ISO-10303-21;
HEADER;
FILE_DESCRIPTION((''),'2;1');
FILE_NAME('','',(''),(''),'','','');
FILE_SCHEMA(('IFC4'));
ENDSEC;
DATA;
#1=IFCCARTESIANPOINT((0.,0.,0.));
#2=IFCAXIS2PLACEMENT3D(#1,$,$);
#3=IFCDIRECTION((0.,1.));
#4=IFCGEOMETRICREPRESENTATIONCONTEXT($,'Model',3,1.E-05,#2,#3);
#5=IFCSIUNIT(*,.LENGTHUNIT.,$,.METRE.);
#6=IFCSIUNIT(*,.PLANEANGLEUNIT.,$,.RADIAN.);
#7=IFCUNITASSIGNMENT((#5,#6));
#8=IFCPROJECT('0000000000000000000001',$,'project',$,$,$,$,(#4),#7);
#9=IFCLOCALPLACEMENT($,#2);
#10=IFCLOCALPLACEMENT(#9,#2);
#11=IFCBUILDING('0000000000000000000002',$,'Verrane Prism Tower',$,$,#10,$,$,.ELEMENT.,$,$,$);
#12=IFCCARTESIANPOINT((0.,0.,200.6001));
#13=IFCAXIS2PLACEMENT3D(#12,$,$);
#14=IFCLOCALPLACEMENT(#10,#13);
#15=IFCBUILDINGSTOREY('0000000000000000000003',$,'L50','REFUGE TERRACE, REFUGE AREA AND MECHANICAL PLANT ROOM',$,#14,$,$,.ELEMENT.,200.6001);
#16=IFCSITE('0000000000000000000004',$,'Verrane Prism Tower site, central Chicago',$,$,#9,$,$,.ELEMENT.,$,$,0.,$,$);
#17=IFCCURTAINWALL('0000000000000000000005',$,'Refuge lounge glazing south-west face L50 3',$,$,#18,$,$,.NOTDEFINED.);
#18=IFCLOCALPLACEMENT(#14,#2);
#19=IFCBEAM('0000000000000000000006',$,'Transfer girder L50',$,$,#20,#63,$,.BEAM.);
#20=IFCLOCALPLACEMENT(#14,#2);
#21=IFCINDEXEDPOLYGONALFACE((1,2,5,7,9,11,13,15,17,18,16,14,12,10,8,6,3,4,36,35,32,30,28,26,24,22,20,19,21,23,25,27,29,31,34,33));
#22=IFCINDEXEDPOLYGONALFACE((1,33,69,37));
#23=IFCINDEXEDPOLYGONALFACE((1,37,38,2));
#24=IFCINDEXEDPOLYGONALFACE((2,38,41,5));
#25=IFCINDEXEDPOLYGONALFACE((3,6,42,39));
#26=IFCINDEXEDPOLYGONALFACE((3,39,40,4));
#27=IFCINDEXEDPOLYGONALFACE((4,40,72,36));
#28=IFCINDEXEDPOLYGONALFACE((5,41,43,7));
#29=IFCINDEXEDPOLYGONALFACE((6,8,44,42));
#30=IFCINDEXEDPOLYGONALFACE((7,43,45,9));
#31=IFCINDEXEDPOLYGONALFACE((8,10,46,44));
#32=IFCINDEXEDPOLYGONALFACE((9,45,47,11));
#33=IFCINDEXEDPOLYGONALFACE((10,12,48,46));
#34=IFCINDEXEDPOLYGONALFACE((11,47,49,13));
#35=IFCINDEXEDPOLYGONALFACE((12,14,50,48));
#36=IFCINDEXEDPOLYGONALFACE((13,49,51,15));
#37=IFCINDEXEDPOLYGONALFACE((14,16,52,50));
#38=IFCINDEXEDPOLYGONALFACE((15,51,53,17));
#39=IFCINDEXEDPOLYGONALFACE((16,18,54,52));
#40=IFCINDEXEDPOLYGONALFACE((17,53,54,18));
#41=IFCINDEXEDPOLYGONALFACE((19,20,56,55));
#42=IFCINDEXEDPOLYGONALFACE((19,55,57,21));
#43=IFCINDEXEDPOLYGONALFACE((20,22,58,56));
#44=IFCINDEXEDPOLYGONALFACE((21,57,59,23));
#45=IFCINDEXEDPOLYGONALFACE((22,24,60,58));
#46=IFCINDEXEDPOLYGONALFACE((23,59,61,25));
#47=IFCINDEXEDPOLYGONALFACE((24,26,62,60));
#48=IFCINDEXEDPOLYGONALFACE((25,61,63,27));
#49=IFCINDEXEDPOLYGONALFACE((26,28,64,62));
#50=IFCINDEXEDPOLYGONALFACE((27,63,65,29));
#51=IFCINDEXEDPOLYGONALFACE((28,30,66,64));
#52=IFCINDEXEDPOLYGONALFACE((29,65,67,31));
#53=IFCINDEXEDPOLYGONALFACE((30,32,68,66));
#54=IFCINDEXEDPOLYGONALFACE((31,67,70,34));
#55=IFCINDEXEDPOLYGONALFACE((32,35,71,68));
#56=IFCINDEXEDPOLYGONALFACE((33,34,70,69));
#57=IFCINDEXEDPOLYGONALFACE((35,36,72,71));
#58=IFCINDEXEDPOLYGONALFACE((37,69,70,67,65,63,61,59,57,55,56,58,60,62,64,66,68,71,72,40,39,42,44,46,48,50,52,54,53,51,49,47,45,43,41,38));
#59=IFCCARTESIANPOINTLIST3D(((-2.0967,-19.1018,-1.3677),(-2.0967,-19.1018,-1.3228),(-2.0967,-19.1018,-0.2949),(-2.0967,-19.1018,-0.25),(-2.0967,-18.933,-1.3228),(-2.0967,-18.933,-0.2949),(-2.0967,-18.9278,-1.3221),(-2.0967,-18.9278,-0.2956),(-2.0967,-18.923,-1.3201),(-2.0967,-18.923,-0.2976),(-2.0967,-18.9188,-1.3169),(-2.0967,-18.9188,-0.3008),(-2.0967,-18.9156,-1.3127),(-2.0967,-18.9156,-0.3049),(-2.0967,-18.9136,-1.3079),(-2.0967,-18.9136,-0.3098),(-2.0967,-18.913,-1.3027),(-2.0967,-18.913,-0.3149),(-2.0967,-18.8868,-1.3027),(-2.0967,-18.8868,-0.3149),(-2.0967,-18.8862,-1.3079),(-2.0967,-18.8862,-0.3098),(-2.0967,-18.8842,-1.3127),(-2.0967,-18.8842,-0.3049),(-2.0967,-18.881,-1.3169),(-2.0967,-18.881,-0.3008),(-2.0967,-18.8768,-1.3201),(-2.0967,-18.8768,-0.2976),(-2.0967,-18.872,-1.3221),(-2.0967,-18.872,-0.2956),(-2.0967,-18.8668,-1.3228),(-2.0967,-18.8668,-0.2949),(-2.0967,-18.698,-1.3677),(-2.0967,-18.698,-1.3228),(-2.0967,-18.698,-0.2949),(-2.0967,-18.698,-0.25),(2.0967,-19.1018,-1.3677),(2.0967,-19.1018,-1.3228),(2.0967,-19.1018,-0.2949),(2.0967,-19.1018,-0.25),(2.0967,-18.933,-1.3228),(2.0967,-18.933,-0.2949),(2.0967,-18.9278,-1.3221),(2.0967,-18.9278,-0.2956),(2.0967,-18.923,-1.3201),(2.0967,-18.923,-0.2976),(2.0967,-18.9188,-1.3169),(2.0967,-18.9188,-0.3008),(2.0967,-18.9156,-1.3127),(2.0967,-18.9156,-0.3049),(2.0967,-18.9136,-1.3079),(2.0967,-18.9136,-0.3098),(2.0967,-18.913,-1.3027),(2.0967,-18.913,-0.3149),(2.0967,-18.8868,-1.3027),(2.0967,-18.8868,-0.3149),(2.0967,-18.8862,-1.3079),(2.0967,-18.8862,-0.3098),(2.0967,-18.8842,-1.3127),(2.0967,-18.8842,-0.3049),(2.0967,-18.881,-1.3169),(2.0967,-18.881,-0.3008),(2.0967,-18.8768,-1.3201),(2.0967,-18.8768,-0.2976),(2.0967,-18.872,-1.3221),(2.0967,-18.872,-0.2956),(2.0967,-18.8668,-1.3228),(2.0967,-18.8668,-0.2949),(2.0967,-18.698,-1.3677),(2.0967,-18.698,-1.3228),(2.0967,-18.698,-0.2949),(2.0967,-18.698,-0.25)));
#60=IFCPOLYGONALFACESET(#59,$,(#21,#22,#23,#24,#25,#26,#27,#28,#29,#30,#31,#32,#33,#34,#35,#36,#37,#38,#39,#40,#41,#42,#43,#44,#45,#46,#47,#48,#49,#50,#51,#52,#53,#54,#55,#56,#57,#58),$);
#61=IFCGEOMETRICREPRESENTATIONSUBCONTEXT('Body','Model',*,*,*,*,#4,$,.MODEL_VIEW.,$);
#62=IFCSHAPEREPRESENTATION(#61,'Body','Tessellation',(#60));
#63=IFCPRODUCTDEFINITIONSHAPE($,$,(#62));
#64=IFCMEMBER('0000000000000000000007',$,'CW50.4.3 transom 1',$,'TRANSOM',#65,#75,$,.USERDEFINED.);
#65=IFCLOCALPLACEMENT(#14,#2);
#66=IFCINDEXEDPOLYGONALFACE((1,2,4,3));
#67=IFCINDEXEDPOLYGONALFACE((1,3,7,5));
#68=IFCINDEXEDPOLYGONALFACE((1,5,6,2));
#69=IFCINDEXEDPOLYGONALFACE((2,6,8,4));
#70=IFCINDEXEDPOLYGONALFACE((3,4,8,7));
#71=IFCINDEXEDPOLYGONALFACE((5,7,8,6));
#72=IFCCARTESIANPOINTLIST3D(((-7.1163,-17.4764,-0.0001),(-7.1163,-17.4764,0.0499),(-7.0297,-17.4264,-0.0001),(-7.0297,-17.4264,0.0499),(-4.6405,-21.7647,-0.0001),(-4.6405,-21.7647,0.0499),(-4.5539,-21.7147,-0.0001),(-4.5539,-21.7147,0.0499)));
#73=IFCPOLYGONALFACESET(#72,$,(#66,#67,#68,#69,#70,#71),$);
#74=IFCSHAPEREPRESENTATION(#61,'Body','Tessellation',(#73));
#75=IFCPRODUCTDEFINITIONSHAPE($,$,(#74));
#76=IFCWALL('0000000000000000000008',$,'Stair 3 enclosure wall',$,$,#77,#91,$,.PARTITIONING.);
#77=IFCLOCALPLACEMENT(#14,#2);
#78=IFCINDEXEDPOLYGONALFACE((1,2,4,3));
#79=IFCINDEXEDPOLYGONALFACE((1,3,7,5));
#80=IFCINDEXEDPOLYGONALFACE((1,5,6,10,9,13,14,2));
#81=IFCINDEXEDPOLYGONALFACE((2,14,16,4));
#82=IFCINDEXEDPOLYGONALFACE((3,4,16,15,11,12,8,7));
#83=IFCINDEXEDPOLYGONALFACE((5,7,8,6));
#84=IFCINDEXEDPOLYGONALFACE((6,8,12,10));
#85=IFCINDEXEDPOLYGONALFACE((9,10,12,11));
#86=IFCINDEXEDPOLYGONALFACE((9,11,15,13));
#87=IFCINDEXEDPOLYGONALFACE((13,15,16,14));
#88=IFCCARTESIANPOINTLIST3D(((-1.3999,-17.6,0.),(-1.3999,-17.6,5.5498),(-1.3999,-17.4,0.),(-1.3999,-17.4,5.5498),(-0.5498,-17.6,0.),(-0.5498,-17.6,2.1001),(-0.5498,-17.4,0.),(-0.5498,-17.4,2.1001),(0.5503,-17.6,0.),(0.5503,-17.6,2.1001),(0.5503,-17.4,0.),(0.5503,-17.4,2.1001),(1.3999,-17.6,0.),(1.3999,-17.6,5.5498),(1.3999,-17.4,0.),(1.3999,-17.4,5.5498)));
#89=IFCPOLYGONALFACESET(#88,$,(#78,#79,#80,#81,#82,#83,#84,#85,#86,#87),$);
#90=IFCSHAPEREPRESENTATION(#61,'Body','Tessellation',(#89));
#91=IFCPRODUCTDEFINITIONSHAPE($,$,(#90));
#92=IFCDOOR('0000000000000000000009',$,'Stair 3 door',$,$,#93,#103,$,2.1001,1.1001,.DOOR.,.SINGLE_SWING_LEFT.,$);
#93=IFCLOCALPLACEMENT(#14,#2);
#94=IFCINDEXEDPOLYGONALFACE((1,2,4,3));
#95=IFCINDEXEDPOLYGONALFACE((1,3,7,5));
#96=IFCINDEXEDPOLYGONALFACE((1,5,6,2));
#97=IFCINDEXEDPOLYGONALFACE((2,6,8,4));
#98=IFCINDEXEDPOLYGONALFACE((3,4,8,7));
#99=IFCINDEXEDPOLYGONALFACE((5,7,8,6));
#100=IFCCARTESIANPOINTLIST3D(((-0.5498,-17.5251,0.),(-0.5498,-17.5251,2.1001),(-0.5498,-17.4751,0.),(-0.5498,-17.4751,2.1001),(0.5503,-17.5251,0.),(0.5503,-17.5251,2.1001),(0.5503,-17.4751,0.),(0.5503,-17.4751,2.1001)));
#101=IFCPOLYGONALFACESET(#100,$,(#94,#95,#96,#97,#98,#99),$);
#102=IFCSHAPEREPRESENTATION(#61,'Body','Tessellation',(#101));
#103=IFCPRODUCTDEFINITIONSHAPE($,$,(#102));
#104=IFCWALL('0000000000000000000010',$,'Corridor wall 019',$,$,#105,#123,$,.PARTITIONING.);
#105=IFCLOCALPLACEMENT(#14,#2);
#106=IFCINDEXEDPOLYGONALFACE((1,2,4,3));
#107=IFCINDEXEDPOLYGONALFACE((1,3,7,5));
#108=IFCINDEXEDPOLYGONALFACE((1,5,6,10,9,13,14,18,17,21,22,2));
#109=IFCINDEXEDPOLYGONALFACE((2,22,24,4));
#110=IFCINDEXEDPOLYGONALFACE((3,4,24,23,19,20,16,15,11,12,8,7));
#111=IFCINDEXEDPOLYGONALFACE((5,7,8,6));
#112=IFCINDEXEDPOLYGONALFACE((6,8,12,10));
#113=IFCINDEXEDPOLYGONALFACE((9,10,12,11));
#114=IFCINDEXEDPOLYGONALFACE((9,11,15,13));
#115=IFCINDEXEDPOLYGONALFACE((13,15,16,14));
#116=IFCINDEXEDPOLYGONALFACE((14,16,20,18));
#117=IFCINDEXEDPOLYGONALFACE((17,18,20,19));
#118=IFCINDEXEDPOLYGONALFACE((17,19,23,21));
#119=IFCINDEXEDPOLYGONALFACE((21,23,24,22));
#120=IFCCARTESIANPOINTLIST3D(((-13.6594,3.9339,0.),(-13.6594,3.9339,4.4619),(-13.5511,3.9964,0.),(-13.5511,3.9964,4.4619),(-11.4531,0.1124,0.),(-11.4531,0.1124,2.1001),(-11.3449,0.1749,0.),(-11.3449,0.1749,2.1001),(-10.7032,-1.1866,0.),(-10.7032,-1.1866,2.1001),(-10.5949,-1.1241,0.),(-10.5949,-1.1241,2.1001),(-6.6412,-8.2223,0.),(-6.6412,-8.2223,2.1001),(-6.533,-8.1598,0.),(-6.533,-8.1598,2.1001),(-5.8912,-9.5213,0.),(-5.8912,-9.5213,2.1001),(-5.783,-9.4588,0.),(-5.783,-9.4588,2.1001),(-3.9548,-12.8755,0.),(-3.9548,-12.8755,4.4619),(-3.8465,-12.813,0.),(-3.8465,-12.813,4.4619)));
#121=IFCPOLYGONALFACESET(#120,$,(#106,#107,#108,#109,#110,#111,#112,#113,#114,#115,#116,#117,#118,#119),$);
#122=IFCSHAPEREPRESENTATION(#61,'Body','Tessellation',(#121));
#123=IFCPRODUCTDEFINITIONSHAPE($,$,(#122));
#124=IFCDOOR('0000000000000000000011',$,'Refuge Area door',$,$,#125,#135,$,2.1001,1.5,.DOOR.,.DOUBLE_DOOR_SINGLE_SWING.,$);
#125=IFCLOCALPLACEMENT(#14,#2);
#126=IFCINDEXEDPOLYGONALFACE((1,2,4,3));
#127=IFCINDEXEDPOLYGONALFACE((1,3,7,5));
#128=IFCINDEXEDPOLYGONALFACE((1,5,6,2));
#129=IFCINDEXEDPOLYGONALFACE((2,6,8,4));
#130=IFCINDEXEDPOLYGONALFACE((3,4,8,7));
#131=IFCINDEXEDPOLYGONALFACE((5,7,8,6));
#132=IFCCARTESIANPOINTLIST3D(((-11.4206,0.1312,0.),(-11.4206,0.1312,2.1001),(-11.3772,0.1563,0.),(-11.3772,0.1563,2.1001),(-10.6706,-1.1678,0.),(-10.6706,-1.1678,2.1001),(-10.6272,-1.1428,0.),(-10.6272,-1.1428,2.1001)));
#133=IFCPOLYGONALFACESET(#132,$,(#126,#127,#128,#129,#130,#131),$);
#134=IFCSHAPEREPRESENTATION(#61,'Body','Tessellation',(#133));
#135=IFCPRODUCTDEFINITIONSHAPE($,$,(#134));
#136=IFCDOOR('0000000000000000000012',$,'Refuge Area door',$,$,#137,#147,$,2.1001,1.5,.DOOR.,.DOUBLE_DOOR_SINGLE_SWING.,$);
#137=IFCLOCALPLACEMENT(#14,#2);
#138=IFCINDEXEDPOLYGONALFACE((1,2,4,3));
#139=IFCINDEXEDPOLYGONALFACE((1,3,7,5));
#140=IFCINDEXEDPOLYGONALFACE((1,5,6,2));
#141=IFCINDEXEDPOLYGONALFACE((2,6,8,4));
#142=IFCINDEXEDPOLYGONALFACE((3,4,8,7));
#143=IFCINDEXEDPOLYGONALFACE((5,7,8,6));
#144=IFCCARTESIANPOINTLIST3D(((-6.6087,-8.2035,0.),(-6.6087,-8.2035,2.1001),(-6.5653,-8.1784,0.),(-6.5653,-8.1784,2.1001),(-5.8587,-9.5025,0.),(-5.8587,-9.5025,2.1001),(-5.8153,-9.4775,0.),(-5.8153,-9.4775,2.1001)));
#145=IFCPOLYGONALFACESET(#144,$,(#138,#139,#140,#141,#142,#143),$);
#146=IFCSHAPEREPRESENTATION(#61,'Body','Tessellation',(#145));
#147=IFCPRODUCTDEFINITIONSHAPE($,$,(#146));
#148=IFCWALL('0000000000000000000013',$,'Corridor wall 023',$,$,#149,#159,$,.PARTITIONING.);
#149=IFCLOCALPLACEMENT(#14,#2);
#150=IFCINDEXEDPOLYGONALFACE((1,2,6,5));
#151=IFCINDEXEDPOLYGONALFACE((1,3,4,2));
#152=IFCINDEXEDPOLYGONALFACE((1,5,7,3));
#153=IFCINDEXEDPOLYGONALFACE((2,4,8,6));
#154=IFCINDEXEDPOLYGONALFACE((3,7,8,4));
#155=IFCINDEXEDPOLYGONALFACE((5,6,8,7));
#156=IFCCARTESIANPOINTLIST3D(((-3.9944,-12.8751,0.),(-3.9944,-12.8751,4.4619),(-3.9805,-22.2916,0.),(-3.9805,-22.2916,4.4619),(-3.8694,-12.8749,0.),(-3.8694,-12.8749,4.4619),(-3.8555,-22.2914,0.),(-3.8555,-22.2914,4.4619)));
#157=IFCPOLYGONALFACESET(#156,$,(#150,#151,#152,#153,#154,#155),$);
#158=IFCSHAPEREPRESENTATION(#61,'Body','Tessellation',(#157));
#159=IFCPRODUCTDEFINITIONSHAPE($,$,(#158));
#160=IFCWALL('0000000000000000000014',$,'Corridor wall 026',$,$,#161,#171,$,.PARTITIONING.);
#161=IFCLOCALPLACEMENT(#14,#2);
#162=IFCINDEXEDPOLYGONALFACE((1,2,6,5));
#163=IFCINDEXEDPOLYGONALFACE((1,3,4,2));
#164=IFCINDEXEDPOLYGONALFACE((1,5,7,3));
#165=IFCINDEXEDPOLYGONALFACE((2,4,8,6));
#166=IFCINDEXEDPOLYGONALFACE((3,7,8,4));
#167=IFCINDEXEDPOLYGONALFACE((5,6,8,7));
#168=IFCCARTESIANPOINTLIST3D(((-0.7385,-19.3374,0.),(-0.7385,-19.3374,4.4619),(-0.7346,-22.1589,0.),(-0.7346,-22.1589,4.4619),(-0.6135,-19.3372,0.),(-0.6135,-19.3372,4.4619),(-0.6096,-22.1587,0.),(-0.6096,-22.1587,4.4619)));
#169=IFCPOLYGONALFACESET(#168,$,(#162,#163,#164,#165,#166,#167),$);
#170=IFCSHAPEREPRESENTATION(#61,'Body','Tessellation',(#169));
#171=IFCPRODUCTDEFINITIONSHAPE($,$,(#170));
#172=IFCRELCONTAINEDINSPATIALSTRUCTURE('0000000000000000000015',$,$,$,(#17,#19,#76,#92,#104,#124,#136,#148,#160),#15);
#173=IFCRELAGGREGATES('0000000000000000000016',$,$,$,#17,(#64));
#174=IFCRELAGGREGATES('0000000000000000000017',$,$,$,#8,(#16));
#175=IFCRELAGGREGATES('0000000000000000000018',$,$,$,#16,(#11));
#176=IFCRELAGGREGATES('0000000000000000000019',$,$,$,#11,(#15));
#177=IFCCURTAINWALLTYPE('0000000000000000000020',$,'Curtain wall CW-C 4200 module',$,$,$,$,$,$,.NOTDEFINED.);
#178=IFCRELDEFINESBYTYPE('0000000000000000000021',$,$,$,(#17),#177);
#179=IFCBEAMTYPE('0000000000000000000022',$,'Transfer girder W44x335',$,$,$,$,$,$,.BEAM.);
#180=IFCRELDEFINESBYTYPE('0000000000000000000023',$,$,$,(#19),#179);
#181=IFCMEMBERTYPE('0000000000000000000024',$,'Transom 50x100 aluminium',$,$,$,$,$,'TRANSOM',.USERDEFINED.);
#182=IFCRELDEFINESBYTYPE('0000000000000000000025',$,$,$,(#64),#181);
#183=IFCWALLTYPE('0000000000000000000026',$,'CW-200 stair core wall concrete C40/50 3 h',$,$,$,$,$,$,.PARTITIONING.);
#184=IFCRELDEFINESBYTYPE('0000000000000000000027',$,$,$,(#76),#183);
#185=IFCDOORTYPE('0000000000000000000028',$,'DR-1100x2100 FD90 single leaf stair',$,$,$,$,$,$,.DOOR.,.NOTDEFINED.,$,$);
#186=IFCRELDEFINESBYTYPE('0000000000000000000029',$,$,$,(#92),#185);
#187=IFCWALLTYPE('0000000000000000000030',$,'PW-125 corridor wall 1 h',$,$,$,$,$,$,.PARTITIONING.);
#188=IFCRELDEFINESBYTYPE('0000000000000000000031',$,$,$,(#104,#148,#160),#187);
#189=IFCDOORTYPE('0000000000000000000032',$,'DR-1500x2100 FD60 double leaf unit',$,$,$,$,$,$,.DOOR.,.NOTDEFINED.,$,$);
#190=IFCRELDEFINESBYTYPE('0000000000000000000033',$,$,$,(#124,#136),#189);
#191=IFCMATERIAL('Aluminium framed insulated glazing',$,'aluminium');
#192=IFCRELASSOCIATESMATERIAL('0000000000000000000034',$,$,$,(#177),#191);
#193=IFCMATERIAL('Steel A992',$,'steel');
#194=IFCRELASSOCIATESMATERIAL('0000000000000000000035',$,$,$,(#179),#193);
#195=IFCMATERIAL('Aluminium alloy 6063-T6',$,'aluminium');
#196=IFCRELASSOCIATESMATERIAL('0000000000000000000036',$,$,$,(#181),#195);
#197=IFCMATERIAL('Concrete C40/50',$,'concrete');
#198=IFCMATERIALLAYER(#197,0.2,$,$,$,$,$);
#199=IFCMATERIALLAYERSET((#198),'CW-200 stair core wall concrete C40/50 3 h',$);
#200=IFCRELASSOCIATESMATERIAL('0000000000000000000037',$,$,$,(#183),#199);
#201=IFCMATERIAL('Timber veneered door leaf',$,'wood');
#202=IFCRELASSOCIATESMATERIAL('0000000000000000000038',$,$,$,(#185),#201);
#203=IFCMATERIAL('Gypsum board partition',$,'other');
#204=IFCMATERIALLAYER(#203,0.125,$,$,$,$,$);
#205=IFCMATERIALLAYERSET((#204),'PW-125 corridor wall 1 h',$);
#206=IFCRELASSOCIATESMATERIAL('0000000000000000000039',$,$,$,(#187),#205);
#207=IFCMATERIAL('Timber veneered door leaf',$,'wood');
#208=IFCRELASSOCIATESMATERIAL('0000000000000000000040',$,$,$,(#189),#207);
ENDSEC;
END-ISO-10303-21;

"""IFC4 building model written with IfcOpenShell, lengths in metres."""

from ifc_helpers import new_model, si_unit, direction, frame, frame_2d, origin, origin_2d, place, context, subcontext, project, spatial, rectangle, i_section, extrude, material, layer, layer_set, material_profile, profile_set, type_object, element, fill, aggregate, save


model = new_model("IFC4")

# Units and contexts
model_context = context("Model", 3, precision=1e-05, world=origin(), true_north=direction((0.0, 1.0)))
body_context = subcontext(model_context, "Body", "Model", "MODEL_VIEW")
ifc_project = project(units=[si_unit("LENGTHUNIT", "METRE"), si_unit("PLANEANGLEUNIT", "RADIAN")], contexts=[model_context])

# Site, building, storey
site_placement = place(None, origin())
site = spatial("IfcSite", under=ifc_project, at=site_placement, Name="Verrane Prism Tower site, central Chicago", CompositionType="ELEMENT", RefElevation=0.0)
building_placement = place(site_placement, origin())
building = spatial("IfcBuilding", under=site, at=building_placement, Name="Verrane Prism Tower", CompositionType="ELEMENT")
storey_placement = place(building_placement, frame((0.0, 0.0, 200.6001)))
storey = spatial("IfcBuildingStorey", under=building, at=storey_placement, Name="L50", Description="REFUGE TERRACE, REFUGE AREA AND MECHANICAL PLANT ROOM", CompositionType="ELEMENT", Elevation=200.6001)

# Curtain wall
ifc_material_1 = material(Name="Aluminium framed insulated glazing", Category="aluminium")
curtain_wall_type = type_object("IfcCurtainWallType", Name="Curtain wall CW-C 4200 module", PredefinedType="NOTDEFINED", material=ifc_material_1)
curtain_wall_placement = place(storey_placement, origin())
curtain_wall = element("IfcCurtainWall", 1, at=curtain_wall_placement, inside=storey, type_object=curtain_wall_type, Name="Refuge lounge glazing south-west face L50 3", PredefinedType="NOTDEFINED")

# Beam
ifc_material_2 = material(Name="Steel A992", Category="steel")
ifc_material_profile_1 = material_profile(ifc_material_2, i_section(OverallWidth=0.4038, OverallDepth=1.1177, WebThickness=0.0261, FlangeThickness=0.0449, FilletRadius=0.02, at=origin_2d()), Name="W44x335")
ifc_profile_set_1 = profile_set([ifc_material_profile_1], Name="Steel A992")
beam_type_1 = type_object("IfcBeamType", Name="Transfer girder W44x335", PredefinedType="BEAM", material=ifc_profile_set_1)
beam_1_placement = place(storey_placement, frame((-2.0967, -18.8999, -0.8088), z_axis=(1.0, 0.0, 0.0), x_axis=(0.0, 1.0, 0.0)))
element("IfcBeam", 2, at=beam_1_placement, inside=storey, type_object=beam_type_1, Name="Transfer girder L50", PredefinedType="BEAM", context=body_context, shape_type="SweptSolid", body=[
    extrude(i_section(OverallWidth=0.4038, OverallDepth=1.1177, WebThickness=0.0261, FlangeThickness=0.0449, FilletRadius=0.02, at=origin_2d()), origin(), (0.0, 0.0, 1.0), 4.1934),
])

# Member
ifc_material_3 = material(Name="Aluminium alloy 6063-T6", Category="aluminium")
ifc_material_profile_2 = material_profile(ifc_material_3, rectangle(XDim=0.1001, YDim=0.05, at=origin_2d()), Name="Transom 50x100 aluminium")
ifc_profile_set_2 = profile_set([ifc_material_profile_2], Name="Aluminium alloy 6063-T6")
member_type_1 = type_object("IfcMemberType", Name="Transom 50x100 aluminium", ElementType="TRANSOM", PredefinedType="USERDEFINED", material=ifc_profile_set_2)
member_1_placement = place(storey_placement, frame((-7.073, -17.4514, 0.0249), z_axis=(0.499994, -0.866029, 0.0), x_axis=(0.866029, 0.499994, 0.0)))
member_1 = element("IfcMember", 3, at=member_1_placement, type_object=member_type_1, Name="CW50.4.3 transom 1", ObjectType="TRANSOM", PredefinedType="USERDEFINED", context=body_context, shape_type="SweptSolid", body=[
    extrude(rectangle(XDim=0.1001, YDim=0.05, at=origin_2d()), origin(), (0.0, 0.0, 1.0), 4.9517),
])
aggregate(curtain_wall, [member_1])

# Wall, opening, door
ifc_material_4 = material(Name="Concrete C40/50", Category="concrete")
ifc_layer_1 = layer(ifc_material_4, 0.2)
ifc_layer_set_1 = layer_set([ifc_layer_1], Name="CW-200 stair core wall concrete C40/50 3 h")
wall_type_1 = type_object("IfcWallType", Name="CW-200 stair core wall concrete C40/50 3 h", PredefinedType="PARTITIONING", material=ifc_layer_set_1)
wall_1_placement = place(storey_placement, frame((-1.3999, -17.5, 0.0), z_axis=(0.0, 0.0, 1.0), x_axis=(1.0, 0.0, 0.0)))
wall_1 = element("IfcWall", 4, at=wall_1_placement, inside=storey, type_object=wall_type_1, Name="Stair 3 enclosure wall", PredefinedType="PARTITIONING", context=body_context, shape_type="SweptSolid", body=[
    extrude(rectangle(XDim=2.7998, YDim=0.2, at=frame_2d((1.3999, 0.0))), origin(), (0.0, 0.0, 1.0), 5.5498),
])
opening_1_placement = place(wall_1_placement, frame((0.8501, 0.0, 0.0)))
opening_1 = element("IfcOpeningElement", 5, at=opening_1_placement, cuts=wall_1, PredefinedType="OPENING", context=body_context, shape_type="SweptSolid", body=[
    extrude(rectangle(XDim=1.1001, YDim=2.1001, at=frame_2d((0.55, 1.05))), frame((0.0, 0.1099, 0.0), z_axis=(0.0, -1.0, 0.0), x_axis=(1.0, 0.0, 0.0)), (0.0, 0.0, 1.0), 0.22),
])
ifc_material_5 = material(Name="Timber veneered door leaf", Category="wood")
door_type_1 = type_object("IfcDoorType", Name="DR-1100x2100 FD90 single leaf stair", OperationType="NOTDEFINED", PredefinedType="DOOR", material=ifc_material_5)
door_1_placement = place(opening_1_placement, origin())
door_1 = element("IfcDoor", 6, at=door_1_placement, inside=storey, type_object=door_type_1, Name="Stair 3 door", OperationType="SINGLE_SWING_LEFT", OverallHeight=2.1001, OverallWidth=1.1001, PredefinedType="DOOR", context=body_context, shape_type="SweptSolid", body=[
    extrude(rectangle(XDim=1.1001, YDim=2.1001, at=frame_2d((0.55, 1.05))), frame((0.0, 0.0249, 0.0), z_axis=(0.0, -1.0, 0.0), x_axis=(1.0, 0.0, 0.0)), (0.0, 0.0, 1.0), 0.05),
])
fill(opening_1, door_1)

# Wall, openings, doors
ifc_material_6 = material(Name="Gypsum board partition", Category="other")
ifc_layer_2 = layer(ifc_material_6, 0.125)
ifc_layer_set_2 = layer_set([ifc_layer_2], Name="PW-125 corridor wall 1 h")
wall_type_2 = type_object("IfcWallType", Name="PW-125 corridor wall 1 h", PredefinedType="PARTITIONING", material=ifc_layer_set_2)
wall_2_placement = place(storey_placement, frame((-3.9006, -12.8442, 0.0), z_axis=(0.0, 0.0, 1.0), x_axis=(-0.499989, 0.866032, 0.0)))
wall_2 = element("IfcWall", 7, at=wall_2_placement, inside=storey, type_object=wall_type_2, Name="Corridor wall 019", PredefinedType="PARTITIONING", context=body_context, shape_type="SweptSolid", body=[
    extrude(rectangle(XDim=19.4097, YDim=0.125, at=frame_2d((9.7048, 0.0))), origin(), (0.0, 0.0, 1.0), 4.4619),
])
opening_2_placement = place(wall_2_placement, frame((13.4971, 0.0, 0.0)))
opening_2 = element("IfcOpeningElement", 8, at=opening_2_placement, cuts=wall_2, PredefinedType="OPENING", context=body_context, shape_type="SweptSolid", body=[
    extrude(rectangle(XDim=1.5, YDim=2.1001, at=frame_2d((0.75, 1.05))), frame((0.0, 0.0725, 0.0), z_axis=(0.0, -1.0, 0.0), x_axis=(1.0, 0.0, 0.0)), (0.0, 0.0, 1.0), 0.145),
])
opening_3_placement = place(wall_2_placement, frame((3.873, 0.0, 0.0)))
opening_3 = element("IfcOpeningElement", 9, at=opening_3_placement, cuts=wall_2, PredefinedType="OPENING", context=body_context, shape_type="SweptSolid", body=[
    extrude(rectangle(XDim=1.5, YDim=2.1001, at=frame_2d((0.75, 1.05))), frame((0.0, 0.0725, 0.0), z_axis=(0.0, -1.0, 0.0), x_axis=(1.0, 0.0, 0.0)), (0.0, 0.0, 1.0), 0.145),
])
ifc_material_7 = material(Name="Timber veneered door leaf", Category="wood")
door_type_2 = type_object("IfcDoorType", Name="DR-1500x2100 FD60 double leaf unit", OperationType="NOTDEFINED", PredefinedType="DOOR", material=ifc_material_7)
door_2_placement = place(opening_2_placement, origin())
door_2 = element("IfcDoor", 10, at=door_2_placement, inside=storey, type_object=door_type_2, Name="Refuge Area door", OperationType="DOUBLE_DOOR_SINGLE_SWING", OverallHeight=2.1001, OverallWidth=1.5, PredefinedType="DOOR", context=body_context, shape_type="SweptSolid", body=[
    extrude(rectangle(XDim=1.5, YDim=2.1001, at=frame_2d((0.75, 1.05))), frame((0.0, 0.0249, 0.0), z_axis=(0.0, -1.0, 0.0), x_axis=(1.0, 0.0, 0.0)), (0.0, 0.0, 1.0), 0.05),
])
fill(opening_2, door_2)
door_3_placement = place(opening_3_placement, origin())
door_3 = element("IfcDoor", 11, at=door_3_placement, inside=storey, type_object=door_type_2, Name="Refuge Area door", OperationType="DOUBLE_DOOR_SINGLE_SWING", OverallHeight=2.1001, OverallWidth=1.5, PredefinedType="DOOR", context=body_context, shape_type="SweptSolid", body=[
    extrude(rectangle(XDim=1.5, YDim=2.1001, at=frame_2d((0.75, 1.05))), frame((0.0, 0.0249, 0.0), z_axis=(0.0, -1.0, 0.0), x_axis=(1.0, 0.0, 0.0)), (0.0, 0.0, 1.0), 0.05),
])
fill(opening_3, door_3)

# Walls
wall_3_placement = place(storey_placement, frame((-3.9319, -12.875, 0.0), z_axis=(0.0, 0.0, 1.0), x_axis=(0.001478, -0.999999, 0.0)))
element("IfcWall", 12, at=wall_3_placement, inside=storey, type_object=wall_type_2, Name="Corridor wall 023", PredefinedType="PARTITIONING", context=body_context, shape_type="SweptSolid", body=[
    extrude(rectangle(XDim=9.4165, YDim=0.125, at=frame_2d((4.7083, 0.0))), origin(), (0.0, 0.0, 1.0), 4.4619),
])
wall_4_placement = place(storey_placement, frame((-0.676, -19.3374, 0.0), z_axis=(0.0, 0.0, 1.0), x_axis=(0.001384, -0.999999, 0.0)))
element("IfcWall", 13, at=wall_4_placement, inside=storey, type_object=wall_type_2, Name="Corridor wall 026", PredefinedType="PARTITIONING", context=body_context, shape_type="SweptSolid", body=[
    extrude(rectangle(XDim=2.8215, YDim=0.125, at=frame_2d((1.4106, 0.0))), origin(), (0.0, 0.0, 1.0), 4.4619),
])

save(model, "model.ifc")
